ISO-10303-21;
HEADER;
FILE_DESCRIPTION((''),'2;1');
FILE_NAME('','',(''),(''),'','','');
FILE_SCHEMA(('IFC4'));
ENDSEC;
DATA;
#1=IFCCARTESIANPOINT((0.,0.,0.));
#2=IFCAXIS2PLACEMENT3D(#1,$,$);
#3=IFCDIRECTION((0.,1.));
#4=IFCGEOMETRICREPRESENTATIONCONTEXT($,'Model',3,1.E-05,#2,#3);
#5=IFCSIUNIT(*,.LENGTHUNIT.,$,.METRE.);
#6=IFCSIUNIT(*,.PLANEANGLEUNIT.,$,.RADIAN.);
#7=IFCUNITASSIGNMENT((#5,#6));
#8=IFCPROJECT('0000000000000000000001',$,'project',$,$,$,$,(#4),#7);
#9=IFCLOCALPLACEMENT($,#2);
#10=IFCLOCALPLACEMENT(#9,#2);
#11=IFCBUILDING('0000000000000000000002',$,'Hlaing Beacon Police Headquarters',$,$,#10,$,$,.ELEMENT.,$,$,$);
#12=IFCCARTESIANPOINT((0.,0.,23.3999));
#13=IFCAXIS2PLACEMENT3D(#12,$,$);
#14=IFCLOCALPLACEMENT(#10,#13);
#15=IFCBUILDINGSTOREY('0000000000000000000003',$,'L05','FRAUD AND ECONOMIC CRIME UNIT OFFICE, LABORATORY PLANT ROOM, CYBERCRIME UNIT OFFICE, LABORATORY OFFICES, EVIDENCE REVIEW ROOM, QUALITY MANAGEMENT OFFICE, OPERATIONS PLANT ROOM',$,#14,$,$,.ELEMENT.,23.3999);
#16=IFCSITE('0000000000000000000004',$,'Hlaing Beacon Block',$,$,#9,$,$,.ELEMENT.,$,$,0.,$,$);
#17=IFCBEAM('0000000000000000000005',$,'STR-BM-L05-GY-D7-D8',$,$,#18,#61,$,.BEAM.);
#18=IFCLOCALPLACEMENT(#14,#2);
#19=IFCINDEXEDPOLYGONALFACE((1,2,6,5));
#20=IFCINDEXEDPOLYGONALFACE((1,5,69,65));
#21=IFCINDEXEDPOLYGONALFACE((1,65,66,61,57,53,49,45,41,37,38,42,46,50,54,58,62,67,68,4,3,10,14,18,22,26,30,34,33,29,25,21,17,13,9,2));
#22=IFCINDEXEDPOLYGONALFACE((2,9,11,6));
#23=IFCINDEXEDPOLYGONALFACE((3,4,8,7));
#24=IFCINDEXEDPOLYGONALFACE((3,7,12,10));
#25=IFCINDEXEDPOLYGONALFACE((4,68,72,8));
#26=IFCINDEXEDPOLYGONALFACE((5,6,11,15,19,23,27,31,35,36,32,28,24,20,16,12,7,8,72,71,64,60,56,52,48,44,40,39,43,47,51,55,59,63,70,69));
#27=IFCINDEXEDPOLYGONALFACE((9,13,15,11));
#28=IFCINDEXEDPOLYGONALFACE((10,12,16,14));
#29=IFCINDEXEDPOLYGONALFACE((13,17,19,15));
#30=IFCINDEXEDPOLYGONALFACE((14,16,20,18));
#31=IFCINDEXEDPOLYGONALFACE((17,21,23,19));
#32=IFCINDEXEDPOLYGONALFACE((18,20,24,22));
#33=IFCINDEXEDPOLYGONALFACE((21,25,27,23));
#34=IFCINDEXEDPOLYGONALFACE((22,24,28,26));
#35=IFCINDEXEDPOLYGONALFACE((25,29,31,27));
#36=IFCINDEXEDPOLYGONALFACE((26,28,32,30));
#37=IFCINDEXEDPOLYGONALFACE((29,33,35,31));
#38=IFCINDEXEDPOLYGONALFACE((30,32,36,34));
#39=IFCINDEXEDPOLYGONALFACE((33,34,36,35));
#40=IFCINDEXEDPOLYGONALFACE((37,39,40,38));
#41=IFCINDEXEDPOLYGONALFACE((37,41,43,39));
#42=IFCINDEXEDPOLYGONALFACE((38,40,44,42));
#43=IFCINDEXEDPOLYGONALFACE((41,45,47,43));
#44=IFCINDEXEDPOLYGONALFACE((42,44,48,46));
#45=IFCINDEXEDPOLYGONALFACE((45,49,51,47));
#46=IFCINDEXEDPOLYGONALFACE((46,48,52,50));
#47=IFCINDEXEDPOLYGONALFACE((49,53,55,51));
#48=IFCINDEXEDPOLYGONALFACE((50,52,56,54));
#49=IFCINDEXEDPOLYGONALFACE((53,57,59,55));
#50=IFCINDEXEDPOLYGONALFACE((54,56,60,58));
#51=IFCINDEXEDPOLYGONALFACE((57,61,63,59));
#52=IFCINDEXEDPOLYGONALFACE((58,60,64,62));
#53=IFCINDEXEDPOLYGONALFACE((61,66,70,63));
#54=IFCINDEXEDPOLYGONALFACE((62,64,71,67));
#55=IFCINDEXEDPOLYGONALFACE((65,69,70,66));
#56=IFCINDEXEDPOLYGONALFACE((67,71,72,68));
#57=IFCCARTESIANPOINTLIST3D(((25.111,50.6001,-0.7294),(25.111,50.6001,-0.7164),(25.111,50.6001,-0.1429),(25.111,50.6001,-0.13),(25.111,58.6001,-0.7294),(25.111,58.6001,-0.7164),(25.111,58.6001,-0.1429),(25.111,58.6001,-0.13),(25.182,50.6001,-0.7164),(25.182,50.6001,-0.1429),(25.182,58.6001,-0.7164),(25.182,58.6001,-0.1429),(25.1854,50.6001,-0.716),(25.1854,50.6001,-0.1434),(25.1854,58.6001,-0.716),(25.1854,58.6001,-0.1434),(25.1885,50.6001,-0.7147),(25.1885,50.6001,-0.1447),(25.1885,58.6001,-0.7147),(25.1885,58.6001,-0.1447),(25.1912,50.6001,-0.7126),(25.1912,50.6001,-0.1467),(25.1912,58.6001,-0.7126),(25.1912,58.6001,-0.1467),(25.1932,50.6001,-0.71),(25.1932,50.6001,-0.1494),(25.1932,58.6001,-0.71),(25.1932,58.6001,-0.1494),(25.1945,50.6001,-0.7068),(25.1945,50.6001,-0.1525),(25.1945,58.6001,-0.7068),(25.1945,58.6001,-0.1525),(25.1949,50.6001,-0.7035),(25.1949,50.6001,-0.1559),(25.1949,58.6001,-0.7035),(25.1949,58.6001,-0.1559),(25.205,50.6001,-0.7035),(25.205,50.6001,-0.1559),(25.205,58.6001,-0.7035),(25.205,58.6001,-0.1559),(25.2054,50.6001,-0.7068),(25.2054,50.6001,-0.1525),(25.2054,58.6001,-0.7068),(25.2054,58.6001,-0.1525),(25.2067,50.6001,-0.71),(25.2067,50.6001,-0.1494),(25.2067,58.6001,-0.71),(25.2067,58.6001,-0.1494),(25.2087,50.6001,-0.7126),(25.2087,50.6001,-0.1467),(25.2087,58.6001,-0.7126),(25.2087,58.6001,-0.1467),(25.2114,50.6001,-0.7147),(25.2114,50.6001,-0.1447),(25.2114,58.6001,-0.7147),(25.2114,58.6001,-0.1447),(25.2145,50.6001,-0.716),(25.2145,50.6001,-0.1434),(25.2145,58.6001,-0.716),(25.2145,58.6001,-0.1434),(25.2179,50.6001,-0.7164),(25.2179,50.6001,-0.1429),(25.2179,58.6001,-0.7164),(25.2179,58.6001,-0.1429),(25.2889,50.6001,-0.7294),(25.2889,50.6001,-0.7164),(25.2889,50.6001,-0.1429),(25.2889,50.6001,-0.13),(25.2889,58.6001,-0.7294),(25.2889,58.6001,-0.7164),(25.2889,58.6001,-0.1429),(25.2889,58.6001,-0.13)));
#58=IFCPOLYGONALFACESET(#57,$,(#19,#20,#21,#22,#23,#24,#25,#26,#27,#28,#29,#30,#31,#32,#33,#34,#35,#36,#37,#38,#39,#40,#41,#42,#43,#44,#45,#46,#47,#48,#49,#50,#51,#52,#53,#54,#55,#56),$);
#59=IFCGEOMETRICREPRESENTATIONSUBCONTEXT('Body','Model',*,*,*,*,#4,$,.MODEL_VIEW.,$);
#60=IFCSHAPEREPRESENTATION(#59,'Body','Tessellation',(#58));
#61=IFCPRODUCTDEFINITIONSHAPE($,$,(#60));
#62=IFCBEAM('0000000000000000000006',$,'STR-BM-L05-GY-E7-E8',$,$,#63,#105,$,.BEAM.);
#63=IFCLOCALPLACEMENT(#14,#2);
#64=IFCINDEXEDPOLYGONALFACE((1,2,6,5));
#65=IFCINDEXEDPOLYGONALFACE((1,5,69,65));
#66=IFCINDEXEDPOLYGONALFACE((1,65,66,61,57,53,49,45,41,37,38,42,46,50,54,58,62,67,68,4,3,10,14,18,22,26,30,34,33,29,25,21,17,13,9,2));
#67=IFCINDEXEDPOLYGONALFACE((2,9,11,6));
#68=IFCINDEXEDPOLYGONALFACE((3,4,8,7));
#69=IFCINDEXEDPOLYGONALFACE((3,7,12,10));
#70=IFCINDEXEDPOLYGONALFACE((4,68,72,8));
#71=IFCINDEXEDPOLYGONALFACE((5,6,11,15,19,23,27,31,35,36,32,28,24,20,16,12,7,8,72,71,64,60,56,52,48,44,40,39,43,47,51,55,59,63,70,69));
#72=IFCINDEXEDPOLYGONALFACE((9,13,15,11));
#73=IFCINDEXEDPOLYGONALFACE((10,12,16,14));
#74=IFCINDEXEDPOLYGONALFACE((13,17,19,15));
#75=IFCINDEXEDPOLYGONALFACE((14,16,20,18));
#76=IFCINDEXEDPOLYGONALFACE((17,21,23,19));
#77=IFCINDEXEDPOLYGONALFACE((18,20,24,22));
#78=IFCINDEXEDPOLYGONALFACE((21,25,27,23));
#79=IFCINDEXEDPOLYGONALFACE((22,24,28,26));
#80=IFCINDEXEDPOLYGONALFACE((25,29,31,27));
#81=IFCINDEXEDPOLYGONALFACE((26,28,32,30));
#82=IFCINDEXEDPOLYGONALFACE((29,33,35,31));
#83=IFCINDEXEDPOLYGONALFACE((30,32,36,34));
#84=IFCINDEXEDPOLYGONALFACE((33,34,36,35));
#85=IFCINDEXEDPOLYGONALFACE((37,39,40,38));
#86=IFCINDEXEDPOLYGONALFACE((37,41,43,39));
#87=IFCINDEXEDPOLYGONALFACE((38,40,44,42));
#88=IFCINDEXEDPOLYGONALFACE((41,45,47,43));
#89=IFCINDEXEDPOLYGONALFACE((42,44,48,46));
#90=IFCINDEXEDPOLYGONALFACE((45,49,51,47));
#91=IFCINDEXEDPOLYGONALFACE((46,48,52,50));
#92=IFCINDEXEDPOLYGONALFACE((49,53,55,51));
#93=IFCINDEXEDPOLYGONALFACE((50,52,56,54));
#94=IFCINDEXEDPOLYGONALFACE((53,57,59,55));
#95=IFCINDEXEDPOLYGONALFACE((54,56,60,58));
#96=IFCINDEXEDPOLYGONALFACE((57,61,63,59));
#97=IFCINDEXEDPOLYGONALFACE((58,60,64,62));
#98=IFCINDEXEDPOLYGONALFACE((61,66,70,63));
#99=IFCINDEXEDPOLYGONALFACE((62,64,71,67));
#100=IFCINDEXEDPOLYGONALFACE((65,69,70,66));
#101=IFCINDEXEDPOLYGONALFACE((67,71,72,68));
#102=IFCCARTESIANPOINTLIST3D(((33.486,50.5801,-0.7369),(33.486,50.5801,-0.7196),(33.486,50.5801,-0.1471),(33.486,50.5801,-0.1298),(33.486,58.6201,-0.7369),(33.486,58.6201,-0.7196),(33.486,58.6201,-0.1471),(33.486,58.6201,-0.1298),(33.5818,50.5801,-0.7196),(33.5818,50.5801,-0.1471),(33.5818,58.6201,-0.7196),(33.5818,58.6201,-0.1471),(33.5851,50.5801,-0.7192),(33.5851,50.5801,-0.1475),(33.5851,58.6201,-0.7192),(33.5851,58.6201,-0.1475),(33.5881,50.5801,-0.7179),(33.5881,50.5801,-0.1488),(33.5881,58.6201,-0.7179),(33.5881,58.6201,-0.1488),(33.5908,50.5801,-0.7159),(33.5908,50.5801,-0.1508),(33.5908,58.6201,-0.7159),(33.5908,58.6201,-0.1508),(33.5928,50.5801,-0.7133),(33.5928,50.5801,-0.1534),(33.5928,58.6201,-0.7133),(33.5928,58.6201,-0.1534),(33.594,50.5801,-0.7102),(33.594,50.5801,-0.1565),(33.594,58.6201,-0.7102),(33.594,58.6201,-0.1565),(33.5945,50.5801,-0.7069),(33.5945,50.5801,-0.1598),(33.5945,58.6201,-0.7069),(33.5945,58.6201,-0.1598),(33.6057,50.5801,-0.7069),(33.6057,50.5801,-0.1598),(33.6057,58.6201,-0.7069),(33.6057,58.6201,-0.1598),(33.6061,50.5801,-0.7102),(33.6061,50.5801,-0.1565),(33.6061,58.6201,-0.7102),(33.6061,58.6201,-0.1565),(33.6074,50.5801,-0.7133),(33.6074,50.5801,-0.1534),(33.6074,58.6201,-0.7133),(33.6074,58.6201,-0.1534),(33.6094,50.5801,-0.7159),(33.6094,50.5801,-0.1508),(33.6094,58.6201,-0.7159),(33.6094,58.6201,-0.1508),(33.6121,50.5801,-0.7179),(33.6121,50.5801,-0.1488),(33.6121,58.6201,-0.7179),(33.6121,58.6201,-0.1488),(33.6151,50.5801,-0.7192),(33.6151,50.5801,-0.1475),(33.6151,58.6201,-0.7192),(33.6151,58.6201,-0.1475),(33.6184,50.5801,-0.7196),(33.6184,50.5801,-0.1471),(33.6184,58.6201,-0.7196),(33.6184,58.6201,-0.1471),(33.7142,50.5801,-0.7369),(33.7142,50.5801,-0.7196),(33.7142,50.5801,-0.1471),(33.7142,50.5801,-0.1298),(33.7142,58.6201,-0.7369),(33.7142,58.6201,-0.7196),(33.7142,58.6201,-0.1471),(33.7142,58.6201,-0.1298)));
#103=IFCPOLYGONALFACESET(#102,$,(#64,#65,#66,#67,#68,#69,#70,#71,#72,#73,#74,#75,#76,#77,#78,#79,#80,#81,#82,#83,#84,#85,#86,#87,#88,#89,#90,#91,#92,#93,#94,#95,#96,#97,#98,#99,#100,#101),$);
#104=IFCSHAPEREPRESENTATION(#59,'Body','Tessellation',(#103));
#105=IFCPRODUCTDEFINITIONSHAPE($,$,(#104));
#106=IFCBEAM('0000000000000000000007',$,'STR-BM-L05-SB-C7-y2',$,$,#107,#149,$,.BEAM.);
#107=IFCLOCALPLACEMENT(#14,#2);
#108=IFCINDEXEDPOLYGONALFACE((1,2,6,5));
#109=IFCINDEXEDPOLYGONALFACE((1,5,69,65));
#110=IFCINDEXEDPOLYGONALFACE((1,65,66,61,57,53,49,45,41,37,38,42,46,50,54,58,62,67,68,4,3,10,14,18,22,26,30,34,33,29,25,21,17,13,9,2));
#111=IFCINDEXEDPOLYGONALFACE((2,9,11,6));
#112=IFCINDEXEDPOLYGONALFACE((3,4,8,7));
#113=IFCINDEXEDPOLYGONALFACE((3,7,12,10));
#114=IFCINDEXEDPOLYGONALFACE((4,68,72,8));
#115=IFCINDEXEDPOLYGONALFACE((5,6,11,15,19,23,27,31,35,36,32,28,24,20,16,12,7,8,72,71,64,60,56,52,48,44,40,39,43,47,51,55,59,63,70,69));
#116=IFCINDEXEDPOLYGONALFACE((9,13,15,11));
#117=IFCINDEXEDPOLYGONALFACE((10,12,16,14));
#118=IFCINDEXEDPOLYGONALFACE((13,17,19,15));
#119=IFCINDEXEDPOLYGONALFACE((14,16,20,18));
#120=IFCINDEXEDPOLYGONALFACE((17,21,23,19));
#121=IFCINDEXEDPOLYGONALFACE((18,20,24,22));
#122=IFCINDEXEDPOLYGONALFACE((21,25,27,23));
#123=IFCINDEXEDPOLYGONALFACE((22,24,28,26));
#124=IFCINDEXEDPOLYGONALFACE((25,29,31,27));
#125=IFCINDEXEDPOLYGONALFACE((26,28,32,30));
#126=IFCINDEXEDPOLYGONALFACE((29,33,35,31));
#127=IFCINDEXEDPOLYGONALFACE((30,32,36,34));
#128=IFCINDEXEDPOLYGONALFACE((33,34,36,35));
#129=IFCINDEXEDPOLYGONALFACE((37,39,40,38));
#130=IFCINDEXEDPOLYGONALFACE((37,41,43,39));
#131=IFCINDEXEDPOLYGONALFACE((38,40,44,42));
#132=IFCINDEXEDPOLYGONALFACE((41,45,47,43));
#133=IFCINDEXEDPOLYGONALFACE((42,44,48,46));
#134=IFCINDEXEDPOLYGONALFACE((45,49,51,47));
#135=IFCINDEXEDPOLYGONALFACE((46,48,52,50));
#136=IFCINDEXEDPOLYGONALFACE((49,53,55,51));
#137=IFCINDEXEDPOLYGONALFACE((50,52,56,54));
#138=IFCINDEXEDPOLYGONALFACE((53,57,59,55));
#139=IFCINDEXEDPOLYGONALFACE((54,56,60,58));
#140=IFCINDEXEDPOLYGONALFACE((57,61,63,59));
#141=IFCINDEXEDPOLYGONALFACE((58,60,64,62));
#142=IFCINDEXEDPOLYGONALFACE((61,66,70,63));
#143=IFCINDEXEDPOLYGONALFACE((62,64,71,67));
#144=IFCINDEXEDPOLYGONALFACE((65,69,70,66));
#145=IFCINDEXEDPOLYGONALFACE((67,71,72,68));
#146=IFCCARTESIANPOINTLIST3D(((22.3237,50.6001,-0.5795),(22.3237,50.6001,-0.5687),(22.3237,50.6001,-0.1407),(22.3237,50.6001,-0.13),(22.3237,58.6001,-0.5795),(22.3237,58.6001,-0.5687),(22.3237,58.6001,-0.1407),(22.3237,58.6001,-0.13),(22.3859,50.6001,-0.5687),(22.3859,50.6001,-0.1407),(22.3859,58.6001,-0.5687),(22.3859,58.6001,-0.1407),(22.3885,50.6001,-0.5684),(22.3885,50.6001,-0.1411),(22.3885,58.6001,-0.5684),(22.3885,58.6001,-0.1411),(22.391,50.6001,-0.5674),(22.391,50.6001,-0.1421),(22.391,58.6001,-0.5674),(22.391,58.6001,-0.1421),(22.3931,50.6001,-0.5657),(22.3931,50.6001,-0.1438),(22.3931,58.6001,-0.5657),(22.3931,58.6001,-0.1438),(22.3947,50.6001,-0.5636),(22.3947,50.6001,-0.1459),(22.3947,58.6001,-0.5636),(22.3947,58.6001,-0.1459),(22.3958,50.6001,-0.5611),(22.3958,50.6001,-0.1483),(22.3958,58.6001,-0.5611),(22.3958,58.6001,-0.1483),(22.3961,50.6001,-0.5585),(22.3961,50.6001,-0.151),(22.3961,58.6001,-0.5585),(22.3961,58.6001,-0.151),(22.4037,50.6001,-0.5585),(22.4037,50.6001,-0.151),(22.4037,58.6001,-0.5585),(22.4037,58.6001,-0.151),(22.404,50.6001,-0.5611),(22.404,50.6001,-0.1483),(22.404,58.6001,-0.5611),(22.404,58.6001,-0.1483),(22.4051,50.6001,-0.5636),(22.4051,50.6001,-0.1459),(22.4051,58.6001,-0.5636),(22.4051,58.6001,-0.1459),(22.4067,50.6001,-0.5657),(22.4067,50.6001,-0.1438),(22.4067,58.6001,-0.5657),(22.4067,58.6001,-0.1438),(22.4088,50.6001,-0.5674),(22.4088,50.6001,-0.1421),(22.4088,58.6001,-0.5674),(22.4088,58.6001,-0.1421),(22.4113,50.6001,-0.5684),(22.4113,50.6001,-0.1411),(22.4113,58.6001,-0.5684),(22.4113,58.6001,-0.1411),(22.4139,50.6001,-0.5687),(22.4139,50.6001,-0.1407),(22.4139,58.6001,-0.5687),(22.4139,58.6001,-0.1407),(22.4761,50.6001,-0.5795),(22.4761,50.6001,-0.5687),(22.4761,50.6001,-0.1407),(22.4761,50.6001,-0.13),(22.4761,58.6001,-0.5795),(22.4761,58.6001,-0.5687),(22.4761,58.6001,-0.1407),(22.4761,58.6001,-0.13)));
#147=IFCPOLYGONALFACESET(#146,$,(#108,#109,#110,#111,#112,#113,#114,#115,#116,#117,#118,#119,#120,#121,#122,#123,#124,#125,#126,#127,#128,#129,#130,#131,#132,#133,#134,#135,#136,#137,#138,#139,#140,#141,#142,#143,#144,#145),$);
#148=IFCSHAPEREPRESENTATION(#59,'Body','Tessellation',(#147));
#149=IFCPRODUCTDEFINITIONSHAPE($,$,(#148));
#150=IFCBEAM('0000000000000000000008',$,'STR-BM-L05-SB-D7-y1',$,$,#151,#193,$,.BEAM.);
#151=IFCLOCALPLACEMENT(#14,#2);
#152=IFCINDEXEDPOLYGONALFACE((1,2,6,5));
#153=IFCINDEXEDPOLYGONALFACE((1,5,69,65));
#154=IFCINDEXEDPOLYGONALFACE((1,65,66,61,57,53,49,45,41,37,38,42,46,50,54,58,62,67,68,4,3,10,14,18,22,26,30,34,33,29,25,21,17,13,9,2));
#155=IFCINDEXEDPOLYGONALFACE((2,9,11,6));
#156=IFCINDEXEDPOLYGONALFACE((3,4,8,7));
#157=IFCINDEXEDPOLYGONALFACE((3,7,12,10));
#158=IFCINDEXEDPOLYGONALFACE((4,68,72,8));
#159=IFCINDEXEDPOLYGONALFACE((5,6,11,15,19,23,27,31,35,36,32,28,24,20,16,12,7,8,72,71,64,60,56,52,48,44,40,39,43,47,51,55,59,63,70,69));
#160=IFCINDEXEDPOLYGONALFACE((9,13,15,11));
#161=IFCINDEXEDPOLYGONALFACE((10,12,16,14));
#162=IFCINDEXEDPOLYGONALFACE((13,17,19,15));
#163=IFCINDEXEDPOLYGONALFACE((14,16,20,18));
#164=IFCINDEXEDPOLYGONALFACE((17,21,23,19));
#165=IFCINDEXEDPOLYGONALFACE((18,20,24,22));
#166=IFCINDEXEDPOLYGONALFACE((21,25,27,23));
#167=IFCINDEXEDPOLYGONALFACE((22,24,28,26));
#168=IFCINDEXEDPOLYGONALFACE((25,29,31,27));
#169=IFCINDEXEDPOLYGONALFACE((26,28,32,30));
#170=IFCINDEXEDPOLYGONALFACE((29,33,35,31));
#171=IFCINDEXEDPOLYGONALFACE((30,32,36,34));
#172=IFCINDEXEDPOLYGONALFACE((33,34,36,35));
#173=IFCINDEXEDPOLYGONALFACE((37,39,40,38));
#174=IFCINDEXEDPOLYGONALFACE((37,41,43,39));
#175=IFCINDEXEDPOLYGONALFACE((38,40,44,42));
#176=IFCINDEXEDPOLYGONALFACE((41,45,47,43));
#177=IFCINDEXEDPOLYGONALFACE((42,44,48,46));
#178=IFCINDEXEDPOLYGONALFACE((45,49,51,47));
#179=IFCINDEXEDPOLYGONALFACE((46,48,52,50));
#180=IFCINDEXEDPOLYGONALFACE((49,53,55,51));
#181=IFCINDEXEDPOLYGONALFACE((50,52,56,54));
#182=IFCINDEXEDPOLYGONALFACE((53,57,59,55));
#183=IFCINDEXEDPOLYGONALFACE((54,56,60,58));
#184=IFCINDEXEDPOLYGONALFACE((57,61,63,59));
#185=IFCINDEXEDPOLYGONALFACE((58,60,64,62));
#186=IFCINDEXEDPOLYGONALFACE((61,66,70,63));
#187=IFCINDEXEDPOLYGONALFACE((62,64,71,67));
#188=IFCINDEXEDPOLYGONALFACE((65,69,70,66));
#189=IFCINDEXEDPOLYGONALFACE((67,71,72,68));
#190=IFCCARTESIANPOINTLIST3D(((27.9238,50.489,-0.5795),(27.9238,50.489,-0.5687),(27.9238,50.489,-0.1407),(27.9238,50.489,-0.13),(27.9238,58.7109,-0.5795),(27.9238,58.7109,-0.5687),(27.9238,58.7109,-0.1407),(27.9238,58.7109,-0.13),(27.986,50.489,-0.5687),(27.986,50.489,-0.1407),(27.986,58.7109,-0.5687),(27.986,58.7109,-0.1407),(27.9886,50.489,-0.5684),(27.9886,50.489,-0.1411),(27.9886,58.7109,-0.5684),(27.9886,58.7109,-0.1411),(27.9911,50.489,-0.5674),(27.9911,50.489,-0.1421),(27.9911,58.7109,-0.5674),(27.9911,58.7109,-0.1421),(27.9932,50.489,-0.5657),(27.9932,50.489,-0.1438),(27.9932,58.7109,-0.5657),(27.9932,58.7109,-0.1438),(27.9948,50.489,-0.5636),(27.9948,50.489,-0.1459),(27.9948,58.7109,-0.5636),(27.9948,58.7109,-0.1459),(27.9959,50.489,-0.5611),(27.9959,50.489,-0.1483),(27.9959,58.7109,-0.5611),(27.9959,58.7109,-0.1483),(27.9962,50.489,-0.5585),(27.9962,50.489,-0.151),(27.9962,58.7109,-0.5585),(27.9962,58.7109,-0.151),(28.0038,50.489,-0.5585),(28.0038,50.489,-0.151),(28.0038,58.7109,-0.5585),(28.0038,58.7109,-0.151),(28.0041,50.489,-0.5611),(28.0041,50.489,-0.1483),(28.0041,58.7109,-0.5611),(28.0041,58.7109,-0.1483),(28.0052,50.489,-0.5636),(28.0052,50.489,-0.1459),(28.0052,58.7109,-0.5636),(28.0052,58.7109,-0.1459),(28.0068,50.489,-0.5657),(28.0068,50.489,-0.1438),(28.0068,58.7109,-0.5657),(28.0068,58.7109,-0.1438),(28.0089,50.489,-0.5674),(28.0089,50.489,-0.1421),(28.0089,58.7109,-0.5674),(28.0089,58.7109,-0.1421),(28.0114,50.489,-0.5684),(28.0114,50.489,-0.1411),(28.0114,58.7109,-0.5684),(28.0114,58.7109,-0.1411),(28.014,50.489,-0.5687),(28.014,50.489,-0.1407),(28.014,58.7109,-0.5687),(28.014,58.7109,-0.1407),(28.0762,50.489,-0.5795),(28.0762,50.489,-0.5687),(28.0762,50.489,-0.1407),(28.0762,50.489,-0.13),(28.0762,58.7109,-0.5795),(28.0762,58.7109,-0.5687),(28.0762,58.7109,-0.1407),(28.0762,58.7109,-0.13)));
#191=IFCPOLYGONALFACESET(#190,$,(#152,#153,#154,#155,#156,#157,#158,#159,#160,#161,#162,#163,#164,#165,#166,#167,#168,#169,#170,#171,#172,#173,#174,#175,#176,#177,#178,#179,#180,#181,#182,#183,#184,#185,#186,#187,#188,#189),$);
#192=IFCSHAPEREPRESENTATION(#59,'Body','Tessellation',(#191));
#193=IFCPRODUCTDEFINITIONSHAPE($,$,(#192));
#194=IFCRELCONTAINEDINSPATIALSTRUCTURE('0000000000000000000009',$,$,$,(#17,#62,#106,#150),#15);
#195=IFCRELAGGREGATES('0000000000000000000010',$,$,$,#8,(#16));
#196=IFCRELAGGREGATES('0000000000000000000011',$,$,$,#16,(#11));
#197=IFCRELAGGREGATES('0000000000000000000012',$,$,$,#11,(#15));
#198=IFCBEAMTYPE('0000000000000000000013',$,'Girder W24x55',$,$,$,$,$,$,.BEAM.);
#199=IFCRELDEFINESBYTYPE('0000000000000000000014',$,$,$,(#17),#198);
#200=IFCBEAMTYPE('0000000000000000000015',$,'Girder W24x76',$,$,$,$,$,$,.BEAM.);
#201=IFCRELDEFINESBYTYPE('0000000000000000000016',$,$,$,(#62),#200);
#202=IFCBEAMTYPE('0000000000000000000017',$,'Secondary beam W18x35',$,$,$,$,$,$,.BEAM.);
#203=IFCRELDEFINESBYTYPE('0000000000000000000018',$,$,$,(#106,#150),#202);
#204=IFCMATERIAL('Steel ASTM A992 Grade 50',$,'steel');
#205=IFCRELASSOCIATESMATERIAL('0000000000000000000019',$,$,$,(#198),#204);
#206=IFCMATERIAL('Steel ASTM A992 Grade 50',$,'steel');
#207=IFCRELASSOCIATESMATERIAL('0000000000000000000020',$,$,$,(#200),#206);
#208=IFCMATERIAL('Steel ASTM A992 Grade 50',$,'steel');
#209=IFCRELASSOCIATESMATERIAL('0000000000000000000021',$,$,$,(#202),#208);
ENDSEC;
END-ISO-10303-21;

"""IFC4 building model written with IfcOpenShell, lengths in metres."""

from ifc_helpers import new_model, si_unit, direction, frame, origin, origin_2d, place, context, subcontext, project, spatial, i_section, extrude, material, material_profile, profile_set, type_object, element, save


model = new_model("IFC4")

# Units and contexts
model_context = context("Model", 3, precision=1e-05, world=origin(), true_north=direction((0.0, 1.0)))
body_context = subcontext(model_context, "Body", "Model", "MODEL_VIEW")
ifc_project = project(units=[si_unit("LENGTHUNIT", "METRE"), si_unit("PLANEANGLEUNIT", "RADIAN")], contexts=[model_context])

# Site, building, storey
site_placement = place(None, origin())
site = spatial("IfcSite", under=ifc_project, at=site_placement, Name="Hlaing Beacon Block", CompositionType="ELEMENT", RefElevation=0.0)
building_placement = place(site_placement, origin())
building = spatial("IfcBuilding", under=site, at=building_placement, Name="Hlaing Beacon Police Headquarters", CompositionType="ELEMENT")
storey_placement = place(building_placement, frame((0.0, 0.0, 23.3999)))
storey = spatial("IfcBuildingStorey", under=building, at=storey_placement, Name="L05", Description="FRAUD AND ECONOMIC CRIME UNIT OFFICE, LABORATORY PLANT ROOM, CYBERCRIME UNIT OFFICE, LABORATORY OFFICES, EVIDENCE REVIEW ROOM, QUALITY MANAGEMENT OFFICE, OPERATIONS PLANT ROOM", CompositionType="ELEMENT", Elevation=23.3999)

# Beams
ifc_material_1 = material(Name="Steel ASTM A992 Grade 50", Category="steel")
ifc_material_profile_1 = material_profile(ifc_material_1, i_section(OverallWidth=0.178, OverallDepth=0.5994, WebThickness=0.01, FlangeThickness=0.0129, FilletRadius=0.0129, at=origin_2d()), Name="W24x55")
ifc_profile_set_1 = profile_set([ifc_material_profile_1], Name="Steel ASTM A992 Grade 50")
beam_type_1 = type_object("IfcBeamType", Name="Girder W24x55", PredefinedType="BEAM", material=ifc_profile_set_1)
beam_1_placement = place(storey_placement, frame((25.2, 50.6001, -0.4297), z_axis=(0.0, 1.0, 0.0), x_axis=(-1.0, 0.0, 0.0)))
element("IfcBeam", 1, at=beam_1_placement, inside=storey, type_object=beam_type_1, Name="STR-BM-L05-GY-D7-D8", PredefinedType="BEAM", context=body_context, shape_type="SweptSolid", body=[
    extrude(i_section(OverallWidth=0.178, OverallDepth=0.5994, WebThickness=0.01, FlangeThickness=0.0129, FilletRadius=0.0129, at=origin_2d()), origin(), (0.0, 0.0, 1.0), 8.0),
])
ifc_material_2 = material(Name="Steel ASTM A992 Grade 50", Category="steel")
ifc_material_profile_2 = material_profile(ifc_material_2, i_section(OverallWidth=0.2283, OverallDepth=0.6072, WebThickness=0.0112, FlangeThickness=0.0173, FilletRadius=0.0127, at=origin_2d()), Name="W24x76")
ifc_profile_set_2 = profile_set([ifc_material_profile_2], Name="Steel ASTM A992 Grade 50")
beam_type_2 = type_object("IfcBeamType", Name="Girder W24x76", PredefinedType="BEAM", material=ifc_profile_set_2)
beam_2_placement = place(storey_placement, frame((33.6001, 50.5801, -0.4333), z_axis=(0.0, 1.0, 0.0), x_axis=(-1.0, 0.0, 0.0)))
element("IfcBeam", 2, at=beam_2_placement, inside=storey, type_object=beam_type_2, Name="STR-BM-L05-GY-E7-E8", PredefinedType="BEAM", context=body_context, shape_type="SweptSolid", body=[
    extrude(i_section(OverallWidth=0.2283, OverallDepth=0.6072, WebThickness=0.0112, FlangeThickness=0.0173, FilletRadius=0.0127, at=origin_2d()), origin(), (0.0, 0.0, 1.0), 8.04),
])
ifc_material_3 = material(Name="Steel ASTM A992 Grade 50", Category="steel")
ifc_material_profile_3 = material_profile(ifc_material_3, i_section(OverallWidth=0.1523, OverallDepth=0.4495, WebThickness=0.0076, FlangeThickness=0.0107, FilletRadius=0.0103, at=origin_2d()), Name="W18x35")
ifc_profile_set_3 = profile_set([ifc_material_profile_3], Name="Steel ASTM A992 Grade 50")
beam_type_3 = type_object("IfcBeamType", Name="Secondary beam W18x35", PredefinedType="BEAM", material=ifc_profile_set_3)
beam_3_placement = place(storey_placement, frame((22.3999, 50.6001, -0.3547), z_axis=(0.0, 1.0, 0.0), x_axis=(-1.0, 0.0, 0.0)))
element("IfcBeam", 3, at=beam_3_placement, inside=storey, type_object=beam_type_3, Name="STR-BM-L05-SB-C7-y2", PredefinedType="BEAM", context=body_context, shape_type="SweptSolid", body=[
    extrude(i_section(OverallWidth=0.1523, OverallDepth=0.4495, WebThickness=0.0076, FlangeThickness=0.0107, FilletRadius=0.0103, at=origin_2d()), origin(), (0.0, 0.0, 1.0), 8.0),
])
for number, where, z_axis, x_axis, name in (
    (4, (28.0, 50.489, -0.3547), (0.0, 1.0, 0.0), (-1.0, 0.0, 0.0), "STR-BM-L05-SB-D7-y1"),
):
    element("IfcBeam", number, at=place(storey_placement, frame(where, z_axis=z_axis, x_axis=x_axis)), inside=storey, type_object=beam_type_3, Name=name, PredefinedType="BEAM", context=body_context, shape_type="SweptSolid", body=[
        extrude(i_section(OverallWidth=0.1523, OverallDepth=0.4495, WebThickness=0.0076, FlangeThickness=0.0107, FilletRadius=0.0103, at=origin_2d()), origin(), (0.0, 0.0, 1.0), 8.2219),
    ])

save(model, "model.ifc")
